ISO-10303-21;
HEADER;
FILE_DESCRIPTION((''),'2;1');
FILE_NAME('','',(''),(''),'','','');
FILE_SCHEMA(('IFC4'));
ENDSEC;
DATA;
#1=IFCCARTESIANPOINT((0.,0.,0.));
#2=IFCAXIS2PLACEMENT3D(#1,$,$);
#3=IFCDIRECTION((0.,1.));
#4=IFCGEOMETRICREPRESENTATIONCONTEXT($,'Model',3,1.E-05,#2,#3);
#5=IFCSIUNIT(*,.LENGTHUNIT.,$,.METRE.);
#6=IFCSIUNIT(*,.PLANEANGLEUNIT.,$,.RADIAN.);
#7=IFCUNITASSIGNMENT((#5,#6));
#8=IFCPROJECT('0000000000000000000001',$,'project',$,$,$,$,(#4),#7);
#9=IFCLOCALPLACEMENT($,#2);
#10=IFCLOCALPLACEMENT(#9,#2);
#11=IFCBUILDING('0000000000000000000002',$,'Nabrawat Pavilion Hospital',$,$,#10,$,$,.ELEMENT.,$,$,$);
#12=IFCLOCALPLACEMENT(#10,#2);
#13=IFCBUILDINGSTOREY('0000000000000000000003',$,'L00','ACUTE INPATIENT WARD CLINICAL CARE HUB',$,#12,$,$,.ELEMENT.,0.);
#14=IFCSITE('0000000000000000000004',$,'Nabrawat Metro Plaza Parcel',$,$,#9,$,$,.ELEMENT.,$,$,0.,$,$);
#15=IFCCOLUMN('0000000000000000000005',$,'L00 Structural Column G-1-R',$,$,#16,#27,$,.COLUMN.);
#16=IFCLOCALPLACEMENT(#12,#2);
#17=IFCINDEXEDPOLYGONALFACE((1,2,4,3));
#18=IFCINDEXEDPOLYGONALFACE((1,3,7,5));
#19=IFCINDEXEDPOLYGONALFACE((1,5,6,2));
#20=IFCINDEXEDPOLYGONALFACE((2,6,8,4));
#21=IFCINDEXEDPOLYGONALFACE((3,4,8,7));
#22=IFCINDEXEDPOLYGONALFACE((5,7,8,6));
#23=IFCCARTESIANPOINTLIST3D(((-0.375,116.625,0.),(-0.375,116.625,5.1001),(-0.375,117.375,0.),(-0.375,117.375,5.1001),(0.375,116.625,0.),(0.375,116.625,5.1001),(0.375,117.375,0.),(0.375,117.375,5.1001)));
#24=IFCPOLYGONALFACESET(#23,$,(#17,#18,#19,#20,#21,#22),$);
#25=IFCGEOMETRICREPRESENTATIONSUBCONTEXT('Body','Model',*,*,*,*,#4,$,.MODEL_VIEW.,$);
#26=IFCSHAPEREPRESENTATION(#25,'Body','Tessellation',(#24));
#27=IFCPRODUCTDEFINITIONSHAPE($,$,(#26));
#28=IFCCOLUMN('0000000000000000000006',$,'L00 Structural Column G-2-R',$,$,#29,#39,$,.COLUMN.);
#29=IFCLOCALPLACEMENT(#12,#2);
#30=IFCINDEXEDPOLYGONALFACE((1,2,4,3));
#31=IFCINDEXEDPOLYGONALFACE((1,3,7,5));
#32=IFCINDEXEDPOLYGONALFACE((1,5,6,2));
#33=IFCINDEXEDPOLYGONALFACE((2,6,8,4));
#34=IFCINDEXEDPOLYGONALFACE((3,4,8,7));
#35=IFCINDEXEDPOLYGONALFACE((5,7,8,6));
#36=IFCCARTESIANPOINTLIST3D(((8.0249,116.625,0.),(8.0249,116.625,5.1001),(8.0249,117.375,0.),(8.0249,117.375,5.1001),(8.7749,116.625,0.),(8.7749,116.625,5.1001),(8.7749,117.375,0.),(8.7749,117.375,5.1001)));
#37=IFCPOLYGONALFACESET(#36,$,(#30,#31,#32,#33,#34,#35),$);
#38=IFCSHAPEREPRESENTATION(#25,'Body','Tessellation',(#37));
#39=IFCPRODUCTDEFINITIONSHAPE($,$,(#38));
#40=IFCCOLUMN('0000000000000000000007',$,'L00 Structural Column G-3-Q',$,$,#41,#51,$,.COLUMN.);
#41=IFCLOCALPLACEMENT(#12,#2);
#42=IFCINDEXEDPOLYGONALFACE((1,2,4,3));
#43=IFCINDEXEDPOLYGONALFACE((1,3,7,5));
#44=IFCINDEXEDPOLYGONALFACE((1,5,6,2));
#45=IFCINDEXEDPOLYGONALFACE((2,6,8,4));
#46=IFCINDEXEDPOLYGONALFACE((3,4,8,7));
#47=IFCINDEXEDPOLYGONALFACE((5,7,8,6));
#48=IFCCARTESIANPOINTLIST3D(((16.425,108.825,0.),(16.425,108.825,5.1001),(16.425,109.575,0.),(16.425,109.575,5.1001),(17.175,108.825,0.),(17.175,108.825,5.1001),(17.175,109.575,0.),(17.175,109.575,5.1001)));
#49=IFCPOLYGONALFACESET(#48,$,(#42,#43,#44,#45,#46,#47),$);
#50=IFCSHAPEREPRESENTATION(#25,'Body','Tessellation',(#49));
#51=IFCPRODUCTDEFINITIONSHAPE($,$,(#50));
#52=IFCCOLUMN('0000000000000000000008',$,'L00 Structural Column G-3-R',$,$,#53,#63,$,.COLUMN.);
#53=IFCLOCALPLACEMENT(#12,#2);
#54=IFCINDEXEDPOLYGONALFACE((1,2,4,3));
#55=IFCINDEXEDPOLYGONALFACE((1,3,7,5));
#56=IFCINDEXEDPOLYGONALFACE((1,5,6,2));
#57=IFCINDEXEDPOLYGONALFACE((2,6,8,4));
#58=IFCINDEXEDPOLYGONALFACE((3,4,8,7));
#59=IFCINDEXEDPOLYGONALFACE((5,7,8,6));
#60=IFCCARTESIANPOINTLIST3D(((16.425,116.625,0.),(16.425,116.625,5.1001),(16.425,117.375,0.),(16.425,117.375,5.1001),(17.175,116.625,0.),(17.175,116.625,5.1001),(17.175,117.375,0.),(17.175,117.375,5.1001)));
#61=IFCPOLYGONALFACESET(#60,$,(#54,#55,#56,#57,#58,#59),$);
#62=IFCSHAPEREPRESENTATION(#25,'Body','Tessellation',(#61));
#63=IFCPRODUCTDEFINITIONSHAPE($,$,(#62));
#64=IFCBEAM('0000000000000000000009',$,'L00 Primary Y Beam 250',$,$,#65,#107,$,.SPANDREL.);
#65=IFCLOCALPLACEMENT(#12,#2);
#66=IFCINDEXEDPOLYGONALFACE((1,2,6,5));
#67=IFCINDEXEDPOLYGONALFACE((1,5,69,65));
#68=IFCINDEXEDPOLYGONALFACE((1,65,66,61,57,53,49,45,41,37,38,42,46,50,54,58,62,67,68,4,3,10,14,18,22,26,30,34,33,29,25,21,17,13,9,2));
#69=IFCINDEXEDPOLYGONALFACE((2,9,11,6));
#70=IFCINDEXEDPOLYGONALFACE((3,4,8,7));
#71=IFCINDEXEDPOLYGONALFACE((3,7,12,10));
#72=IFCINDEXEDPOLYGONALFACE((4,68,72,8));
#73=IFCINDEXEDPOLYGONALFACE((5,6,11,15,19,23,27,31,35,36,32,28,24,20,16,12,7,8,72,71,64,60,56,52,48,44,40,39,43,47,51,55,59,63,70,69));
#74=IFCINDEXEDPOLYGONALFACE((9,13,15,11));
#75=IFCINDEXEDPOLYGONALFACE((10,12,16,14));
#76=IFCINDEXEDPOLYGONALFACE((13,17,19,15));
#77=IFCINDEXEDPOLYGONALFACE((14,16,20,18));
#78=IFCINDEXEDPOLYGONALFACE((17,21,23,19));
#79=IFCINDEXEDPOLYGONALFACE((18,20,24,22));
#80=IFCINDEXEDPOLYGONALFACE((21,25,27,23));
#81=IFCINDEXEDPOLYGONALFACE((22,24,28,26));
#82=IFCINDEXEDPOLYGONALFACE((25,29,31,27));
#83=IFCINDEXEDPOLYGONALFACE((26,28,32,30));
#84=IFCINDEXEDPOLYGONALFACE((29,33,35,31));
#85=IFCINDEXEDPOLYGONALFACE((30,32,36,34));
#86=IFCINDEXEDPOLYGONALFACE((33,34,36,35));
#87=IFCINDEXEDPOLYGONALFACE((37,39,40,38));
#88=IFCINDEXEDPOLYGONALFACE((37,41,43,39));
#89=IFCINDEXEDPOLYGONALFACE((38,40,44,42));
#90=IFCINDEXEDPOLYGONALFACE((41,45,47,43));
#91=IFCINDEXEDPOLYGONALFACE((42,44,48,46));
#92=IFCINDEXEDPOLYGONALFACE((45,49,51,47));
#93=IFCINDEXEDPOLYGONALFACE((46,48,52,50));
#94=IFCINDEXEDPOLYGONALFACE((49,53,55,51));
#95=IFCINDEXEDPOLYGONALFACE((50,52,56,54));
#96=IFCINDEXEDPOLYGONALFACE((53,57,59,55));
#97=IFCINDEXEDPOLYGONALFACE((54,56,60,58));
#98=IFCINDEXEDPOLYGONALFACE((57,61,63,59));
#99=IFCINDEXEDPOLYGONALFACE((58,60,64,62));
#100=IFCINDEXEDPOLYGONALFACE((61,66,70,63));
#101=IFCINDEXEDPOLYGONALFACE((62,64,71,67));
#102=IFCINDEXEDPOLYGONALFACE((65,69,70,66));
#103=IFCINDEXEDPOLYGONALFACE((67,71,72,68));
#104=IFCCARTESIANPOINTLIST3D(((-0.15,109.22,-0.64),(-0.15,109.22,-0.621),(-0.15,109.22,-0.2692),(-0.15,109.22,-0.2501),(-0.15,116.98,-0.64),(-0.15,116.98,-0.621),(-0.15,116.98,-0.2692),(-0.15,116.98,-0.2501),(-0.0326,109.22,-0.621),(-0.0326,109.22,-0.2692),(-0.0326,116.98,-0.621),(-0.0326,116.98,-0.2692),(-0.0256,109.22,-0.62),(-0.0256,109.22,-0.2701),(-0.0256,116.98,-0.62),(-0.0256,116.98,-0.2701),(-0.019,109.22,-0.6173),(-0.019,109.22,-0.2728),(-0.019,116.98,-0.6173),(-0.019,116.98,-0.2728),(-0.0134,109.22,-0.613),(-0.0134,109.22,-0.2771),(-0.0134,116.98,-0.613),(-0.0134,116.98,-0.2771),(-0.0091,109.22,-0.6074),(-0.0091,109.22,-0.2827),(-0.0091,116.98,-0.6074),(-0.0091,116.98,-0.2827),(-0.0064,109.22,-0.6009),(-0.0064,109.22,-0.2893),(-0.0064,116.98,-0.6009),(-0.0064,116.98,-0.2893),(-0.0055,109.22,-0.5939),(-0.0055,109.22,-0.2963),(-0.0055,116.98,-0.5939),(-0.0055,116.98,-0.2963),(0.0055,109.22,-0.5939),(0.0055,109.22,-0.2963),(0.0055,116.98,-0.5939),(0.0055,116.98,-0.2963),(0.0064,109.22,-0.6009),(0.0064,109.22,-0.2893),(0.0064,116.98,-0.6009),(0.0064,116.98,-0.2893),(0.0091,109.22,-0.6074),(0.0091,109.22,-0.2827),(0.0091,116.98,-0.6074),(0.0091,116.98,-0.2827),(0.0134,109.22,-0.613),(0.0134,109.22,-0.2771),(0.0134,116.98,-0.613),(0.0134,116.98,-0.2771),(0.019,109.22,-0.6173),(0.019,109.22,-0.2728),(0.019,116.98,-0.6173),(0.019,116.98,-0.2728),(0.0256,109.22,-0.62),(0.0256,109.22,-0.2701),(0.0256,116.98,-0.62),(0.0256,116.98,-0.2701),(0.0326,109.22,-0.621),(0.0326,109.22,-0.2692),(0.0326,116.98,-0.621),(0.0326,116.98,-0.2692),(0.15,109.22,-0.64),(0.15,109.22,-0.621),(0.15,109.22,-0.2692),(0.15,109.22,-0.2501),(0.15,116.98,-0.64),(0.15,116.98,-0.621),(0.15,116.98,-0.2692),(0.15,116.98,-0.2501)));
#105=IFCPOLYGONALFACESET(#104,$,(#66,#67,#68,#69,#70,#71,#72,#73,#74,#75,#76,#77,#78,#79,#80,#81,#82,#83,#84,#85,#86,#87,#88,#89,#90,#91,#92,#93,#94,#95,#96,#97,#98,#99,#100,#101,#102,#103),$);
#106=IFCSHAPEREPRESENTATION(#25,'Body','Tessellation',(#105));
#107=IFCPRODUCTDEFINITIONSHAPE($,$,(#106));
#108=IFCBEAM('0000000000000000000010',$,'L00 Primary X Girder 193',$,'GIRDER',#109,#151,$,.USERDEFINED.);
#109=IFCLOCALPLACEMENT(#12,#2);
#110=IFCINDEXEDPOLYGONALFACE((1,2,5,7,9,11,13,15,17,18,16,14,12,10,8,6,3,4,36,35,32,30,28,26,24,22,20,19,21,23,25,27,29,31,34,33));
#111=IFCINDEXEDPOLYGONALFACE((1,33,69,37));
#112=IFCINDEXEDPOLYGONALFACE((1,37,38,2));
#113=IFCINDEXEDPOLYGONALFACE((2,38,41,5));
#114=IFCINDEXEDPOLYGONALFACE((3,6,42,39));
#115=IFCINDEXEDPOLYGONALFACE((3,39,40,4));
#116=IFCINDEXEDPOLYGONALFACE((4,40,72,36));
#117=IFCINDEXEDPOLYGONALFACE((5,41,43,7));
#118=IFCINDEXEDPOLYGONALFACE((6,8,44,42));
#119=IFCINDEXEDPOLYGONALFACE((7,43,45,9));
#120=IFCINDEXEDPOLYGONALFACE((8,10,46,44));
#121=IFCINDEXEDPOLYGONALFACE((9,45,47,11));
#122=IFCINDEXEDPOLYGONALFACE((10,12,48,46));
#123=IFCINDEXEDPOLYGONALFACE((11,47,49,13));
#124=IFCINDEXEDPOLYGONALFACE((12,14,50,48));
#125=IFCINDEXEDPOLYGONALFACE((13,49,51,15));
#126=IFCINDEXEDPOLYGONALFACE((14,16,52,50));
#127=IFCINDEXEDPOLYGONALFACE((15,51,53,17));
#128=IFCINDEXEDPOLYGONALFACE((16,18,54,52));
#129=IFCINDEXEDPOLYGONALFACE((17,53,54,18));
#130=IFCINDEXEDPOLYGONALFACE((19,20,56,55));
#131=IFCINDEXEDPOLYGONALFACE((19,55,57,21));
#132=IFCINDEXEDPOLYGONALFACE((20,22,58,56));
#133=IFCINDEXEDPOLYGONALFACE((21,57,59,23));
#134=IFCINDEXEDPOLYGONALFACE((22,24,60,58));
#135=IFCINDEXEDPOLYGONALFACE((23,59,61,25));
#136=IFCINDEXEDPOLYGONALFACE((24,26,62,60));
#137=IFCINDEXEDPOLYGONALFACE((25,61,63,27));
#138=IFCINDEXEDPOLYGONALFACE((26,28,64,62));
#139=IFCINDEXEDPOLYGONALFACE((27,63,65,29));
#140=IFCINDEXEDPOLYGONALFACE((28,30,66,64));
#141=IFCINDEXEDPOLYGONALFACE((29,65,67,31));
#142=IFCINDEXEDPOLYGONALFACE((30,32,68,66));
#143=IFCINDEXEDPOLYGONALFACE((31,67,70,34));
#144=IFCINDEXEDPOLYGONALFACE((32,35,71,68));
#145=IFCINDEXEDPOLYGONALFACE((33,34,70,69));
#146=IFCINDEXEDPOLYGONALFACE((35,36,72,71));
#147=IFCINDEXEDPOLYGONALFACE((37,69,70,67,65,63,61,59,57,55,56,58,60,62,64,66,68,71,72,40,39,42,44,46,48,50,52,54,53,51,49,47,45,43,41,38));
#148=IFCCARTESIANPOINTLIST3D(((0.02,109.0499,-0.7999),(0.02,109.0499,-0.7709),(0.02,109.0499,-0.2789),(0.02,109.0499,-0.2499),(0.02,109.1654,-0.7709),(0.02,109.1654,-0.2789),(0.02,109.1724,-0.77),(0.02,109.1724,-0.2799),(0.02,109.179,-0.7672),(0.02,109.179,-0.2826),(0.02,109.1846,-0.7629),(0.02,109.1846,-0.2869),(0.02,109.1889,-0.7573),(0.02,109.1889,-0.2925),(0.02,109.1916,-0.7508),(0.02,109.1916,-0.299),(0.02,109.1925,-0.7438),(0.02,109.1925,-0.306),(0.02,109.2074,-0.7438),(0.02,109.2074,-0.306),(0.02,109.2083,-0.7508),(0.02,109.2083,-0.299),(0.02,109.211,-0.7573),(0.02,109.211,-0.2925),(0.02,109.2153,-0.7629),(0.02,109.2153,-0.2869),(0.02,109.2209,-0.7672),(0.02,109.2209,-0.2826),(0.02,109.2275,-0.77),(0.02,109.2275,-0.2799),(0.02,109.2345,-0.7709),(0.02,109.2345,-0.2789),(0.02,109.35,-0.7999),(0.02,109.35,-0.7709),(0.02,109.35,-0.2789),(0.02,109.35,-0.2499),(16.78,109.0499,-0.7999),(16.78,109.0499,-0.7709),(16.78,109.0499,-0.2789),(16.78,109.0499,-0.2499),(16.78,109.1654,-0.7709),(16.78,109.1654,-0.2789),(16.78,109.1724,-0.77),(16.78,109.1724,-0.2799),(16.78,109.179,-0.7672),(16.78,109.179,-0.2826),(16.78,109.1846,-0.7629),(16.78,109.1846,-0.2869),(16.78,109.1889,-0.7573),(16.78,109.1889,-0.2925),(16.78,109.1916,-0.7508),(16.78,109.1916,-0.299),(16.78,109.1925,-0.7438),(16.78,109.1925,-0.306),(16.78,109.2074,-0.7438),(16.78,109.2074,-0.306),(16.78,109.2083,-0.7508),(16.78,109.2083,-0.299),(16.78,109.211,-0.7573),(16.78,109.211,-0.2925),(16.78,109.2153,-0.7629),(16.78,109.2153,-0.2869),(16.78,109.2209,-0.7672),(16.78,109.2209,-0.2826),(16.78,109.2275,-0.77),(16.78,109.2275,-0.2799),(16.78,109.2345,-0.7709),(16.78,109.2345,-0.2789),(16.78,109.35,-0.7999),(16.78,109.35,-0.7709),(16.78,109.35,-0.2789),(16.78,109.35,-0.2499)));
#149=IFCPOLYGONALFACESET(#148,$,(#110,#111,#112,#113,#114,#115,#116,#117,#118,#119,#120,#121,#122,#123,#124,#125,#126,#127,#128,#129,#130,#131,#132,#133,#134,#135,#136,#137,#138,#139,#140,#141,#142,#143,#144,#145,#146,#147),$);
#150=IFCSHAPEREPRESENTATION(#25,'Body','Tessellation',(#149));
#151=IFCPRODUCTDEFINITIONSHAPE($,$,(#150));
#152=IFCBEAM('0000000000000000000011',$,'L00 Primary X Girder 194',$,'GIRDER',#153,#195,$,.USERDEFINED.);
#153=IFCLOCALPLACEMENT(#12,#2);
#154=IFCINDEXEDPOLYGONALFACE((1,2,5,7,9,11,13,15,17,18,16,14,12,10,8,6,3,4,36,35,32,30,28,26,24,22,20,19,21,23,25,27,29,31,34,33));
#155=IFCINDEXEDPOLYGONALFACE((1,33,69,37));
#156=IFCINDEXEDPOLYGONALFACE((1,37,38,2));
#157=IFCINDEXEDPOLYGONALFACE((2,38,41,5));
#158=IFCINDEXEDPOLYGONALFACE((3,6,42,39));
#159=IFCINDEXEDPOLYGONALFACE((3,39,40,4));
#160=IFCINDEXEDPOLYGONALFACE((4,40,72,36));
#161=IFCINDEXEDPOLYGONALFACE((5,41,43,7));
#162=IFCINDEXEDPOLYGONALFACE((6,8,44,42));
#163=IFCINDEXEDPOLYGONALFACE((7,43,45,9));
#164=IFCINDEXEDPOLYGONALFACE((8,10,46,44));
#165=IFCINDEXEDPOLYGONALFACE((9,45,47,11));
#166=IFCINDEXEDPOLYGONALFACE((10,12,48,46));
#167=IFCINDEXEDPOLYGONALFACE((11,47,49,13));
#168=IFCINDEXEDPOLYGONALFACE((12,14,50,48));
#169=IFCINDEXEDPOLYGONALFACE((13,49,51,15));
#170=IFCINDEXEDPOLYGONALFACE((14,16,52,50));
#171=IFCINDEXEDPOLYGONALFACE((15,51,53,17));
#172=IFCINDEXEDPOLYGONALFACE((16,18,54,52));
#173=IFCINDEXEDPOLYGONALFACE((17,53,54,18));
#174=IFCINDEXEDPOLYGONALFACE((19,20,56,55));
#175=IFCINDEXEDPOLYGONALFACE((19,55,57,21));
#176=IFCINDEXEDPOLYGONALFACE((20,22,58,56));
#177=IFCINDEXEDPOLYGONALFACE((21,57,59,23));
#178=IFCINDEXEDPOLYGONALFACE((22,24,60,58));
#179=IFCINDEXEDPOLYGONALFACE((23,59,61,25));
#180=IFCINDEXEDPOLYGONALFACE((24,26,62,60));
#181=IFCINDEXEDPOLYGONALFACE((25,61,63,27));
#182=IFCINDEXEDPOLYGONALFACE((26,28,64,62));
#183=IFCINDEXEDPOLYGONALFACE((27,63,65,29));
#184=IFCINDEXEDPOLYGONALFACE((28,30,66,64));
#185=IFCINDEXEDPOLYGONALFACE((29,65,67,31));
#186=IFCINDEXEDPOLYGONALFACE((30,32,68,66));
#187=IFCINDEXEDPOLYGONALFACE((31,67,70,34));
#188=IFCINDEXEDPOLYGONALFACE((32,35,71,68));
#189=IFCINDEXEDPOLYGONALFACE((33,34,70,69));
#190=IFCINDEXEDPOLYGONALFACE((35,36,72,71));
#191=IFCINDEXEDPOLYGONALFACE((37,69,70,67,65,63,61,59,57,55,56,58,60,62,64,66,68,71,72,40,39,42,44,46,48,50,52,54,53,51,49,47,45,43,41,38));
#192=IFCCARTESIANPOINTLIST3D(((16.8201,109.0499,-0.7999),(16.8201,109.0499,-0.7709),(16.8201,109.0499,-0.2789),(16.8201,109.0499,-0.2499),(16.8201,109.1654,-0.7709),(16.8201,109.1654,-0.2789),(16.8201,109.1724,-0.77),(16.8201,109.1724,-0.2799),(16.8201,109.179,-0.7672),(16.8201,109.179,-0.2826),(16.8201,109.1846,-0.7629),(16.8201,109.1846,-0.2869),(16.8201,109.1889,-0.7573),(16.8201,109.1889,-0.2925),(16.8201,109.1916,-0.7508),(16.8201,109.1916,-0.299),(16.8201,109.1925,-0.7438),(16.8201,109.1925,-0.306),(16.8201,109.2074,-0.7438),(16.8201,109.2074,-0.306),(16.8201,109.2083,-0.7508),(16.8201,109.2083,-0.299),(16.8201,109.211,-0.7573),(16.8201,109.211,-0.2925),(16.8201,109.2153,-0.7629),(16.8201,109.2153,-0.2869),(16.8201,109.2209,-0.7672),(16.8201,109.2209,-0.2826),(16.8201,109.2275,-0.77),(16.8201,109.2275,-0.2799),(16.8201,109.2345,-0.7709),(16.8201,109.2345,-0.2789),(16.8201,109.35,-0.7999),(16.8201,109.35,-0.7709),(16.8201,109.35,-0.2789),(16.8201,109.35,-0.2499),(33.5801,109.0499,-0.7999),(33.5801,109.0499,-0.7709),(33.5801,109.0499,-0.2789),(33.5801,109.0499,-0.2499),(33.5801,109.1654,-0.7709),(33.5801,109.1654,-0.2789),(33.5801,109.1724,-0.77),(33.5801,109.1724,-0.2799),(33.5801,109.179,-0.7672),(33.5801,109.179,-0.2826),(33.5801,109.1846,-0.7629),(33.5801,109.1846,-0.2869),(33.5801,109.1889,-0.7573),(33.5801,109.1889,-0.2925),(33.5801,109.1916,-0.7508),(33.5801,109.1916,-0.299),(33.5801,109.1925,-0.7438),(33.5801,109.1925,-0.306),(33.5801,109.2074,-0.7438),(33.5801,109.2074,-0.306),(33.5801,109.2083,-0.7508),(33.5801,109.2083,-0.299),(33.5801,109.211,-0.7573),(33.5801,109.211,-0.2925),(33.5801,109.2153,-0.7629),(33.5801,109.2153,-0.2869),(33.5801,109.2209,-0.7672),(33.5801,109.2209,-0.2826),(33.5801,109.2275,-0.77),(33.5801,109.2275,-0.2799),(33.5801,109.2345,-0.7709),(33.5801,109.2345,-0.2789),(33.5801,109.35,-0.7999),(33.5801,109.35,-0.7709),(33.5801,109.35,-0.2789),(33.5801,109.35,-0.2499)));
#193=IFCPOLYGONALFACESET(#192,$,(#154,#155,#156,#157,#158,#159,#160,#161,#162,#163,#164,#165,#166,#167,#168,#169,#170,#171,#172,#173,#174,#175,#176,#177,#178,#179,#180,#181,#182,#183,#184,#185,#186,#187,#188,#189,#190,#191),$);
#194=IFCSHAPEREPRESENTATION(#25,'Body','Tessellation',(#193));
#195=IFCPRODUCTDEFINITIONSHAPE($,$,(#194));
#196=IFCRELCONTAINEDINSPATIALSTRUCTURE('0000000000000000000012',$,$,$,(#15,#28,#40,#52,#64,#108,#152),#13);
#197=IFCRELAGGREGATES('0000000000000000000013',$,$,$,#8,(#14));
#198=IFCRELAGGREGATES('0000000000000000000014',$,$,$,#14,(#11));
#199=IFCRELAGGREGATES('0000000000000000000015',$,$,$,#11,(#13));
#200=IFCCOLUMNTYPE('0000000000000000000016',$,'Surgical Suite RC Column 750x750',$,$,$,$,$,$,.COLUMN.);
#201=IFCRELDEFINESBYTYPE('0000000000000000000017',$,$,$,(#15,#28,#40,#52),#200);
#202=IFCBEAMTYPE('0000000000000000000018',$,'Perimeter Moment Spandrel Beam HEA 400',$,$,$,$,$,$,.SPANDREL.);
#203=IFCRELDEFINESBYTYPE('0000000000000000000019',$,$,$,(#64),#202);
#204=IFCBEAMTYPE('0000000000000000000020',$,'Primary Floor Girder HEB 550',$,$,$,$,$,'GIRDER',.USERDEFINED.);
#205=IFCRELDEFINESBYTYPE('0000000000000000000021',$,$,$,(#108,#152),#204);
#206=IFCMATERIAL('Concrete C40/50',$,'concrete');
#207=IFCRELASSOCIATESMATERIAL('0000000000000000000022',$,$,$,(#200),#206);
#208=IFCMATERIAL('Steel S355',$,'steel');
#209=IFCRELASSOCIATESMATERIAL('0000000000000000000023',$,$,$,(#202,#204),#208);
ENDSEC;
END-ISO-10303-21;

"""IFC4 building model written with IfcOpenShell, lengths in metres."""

from ifc_helpers import new_model, si_unit, direction, frame, origin, origin_2d, place, context, subcontext, project, spatial, rectangle, i_section, extrude, material, material_profile, profile_set, type_object, element, save


model = new_model("IFC4")

# Units and contexts
model_context = context("Model", 3, precision=1e-05, world=origin(), true_north=direction((0.0, 1.0)))
body_context = subcontext(model_context, "Body", "Model", "MODEL_VIEW")
ifc_project = project(units=[si_unit("LENGTHUNIT", "METRE"), si_unit("PLANEANGLEUNIT", "RADIAN")], contexts=[model_context])

# Site, building, storey
site_placement = place(None, origin())
site = spatial("IfcSite", under=ifc_project, at=site_placement, Name="Nabrawat Metro Plaza Parcel", CompositionType="ELEMENT", RefElevation=0.0)
building_placement = place(site_placement, origin())
building = spatial("IfcBuilding", under=site, at=building_placement, Name="Nabrawat Pavilion Hospital", CompositionType="ELEMENT")
storey_placement = place(building_placement, origin())
storey = spatial("IfcBuildingStorey", under=building, at=storey_placement, Name="L00", Description="ACUTE INPATIENT WARD CLINICAL CARE HUB", CompositionType="ELEMENT", Elevation=0.0)

# Columns
ifc_material_1 = material(Name="Concrete C40/50", Category="concrete")
ifc_material_profile_1 = material_profile(ifc_material_1, rectangle(XDim=0.75, YDim=0.75, at=origin_2d()), Name="RC 750x750")
ifc_profile_set_1 = profile_set([ifc_material_profile_1], Name="Concrete C40/50")
column_type = type_object("IfcColumnType", Name="Surgical Suite RC Column 750x750", PredefinedType="COLUMN", material=ifc_profile_set_1)
for number, where, z_axis, x_axis, name in (
    (1, (0.0, 117.0, 0.0), (0.0, 0.0, 1.0), (1.0, 0.0, 0.0), "L00 Structural Column G-1-R"),
    (2, (8.3999, 117.0, 0.0), (0.0, 0.0, 1.0), (1.0, 0.0, 0.0), "L00 Structural Column G-2-R"),
    (3, (16.8, 109.2, 0.0), (0.0, 0.0, 1.0), (1.0, 0.0, 0.0), "L00 Structural Column G-3-Q"),
    (4, (16.8, 117.0, 0.0), (0.0, 0.0, 1.0), (1.0, 0.0, 0.0), "L00 Structural Column G-3-R"),
):
    element("IfcColumn", number, at=place(storey_placement, frame(where, z_axis=z_axis, x_axis=x_axis)), inside=storey, type_object=column_type, Name=name, PredefinedType="COLUMN", context=body_context, shape_type="SweptSolid", body=[
        extrude(rectangle(XDim=0.75, YDim=0.75, at=origin_2d()), origin(), (0.0, 0.0, 1.0), 5.1001),
    ])

# Beams
ifc_material_2 = material(Name="Steel S355", Category="steel")
ifc_material_profile_2 = material_profile(ifc_material_2, i_section(OverallWidth=0.3, OverallDepth=0.3899, WebThickness=0.011, FlangeThickness=0.019, FilletRadius=0.0271, at=origin_2d()), Name="HEA 400")
ifc_profile_set_2 = profile_set([ifc_material_profile_2], Name="Steel S355")
beam_type_1 = type_object("IfcBeamType", Name="Perimeter Moment Spandrel Beam HEA 400", PredefinedType="SPANDREL", material=ifc_profile_set_2)
beam_1_placement = place(storey_placement, frame((0.0, 109.22, -0.4451), z_axis=(0.0, 1.0, 0.0), x_axis=(-1.0, 0.0, 0.0)))
element("IfcBeam", 5, at=beam_1_placement, inside=storey, type_object=beam_type_1, Name="L00 Primary Y Beam 250", PredefinedType="SPANDREL", context=body_context, shape_type="SweptSolid", body=[
    extrude(i_section(OverallWidth=0.3, OverallDepth=0.3899, WebThickness=0.011, FlangeThickness=0.019, FilletRadius=0.0271, at=origin_2d()), origin(), (0.0, 0.0, 1.0), 7.76),
])
ifc_material_profile_3 = material_profile(ifc_material_2, i_section(OverallWidth=0.3, OverallDepth=0.55, WebThickness=0.0149, FlangeThickness=0.0291, FilletRadius=0.0271, at=origin_2d()), Name="HEB 550")
ifc_profile_set_3 = profile_set([ifc_material_profile_3], Name="Steel S355")
beam_type_2 = type_object("IfcBeamType", Name="Primary Floor Girder HEB 550", ElementType="GIRDER", PredefinedType="USERDEFINED", material=ifc_profile_set_3)
for number, where, z_axis, x_axis, name in (
    (6, (0.02, 109.2, -0.5249), (1.0, 0.0, 0.0), (0.0, 1.0, 0.0), "L00 Primary X Girder 193"),
    (7, (16.8201, 109.2, -0.5249), (1.0, 0.0, 0.0), (0.0, 1.0, 0.0), "L00 Primary X Girder 194"),
):
    element("IfcBeam", number, at=place(storey_placement, frame(where, z_axis=z_axis, x_axis=x_axis)), inside=storey, type_object=beam_type_2, Name=name, ObjectType="GIRDER", PredefinedType="USERDEFINED", context=body_context, shape_type="SweptSolid", body=[
        extrude(i_section(OverallWidth=0.3, OverallDepth=0.55, WebThickness=0.0149, FlangeThickness=0.0291, FilletRadius=0.0271, at=origin_2d()), origin(), (0.0, 0.0, 1.0), 16.76),
    ])

save(model, "model.ifc")
